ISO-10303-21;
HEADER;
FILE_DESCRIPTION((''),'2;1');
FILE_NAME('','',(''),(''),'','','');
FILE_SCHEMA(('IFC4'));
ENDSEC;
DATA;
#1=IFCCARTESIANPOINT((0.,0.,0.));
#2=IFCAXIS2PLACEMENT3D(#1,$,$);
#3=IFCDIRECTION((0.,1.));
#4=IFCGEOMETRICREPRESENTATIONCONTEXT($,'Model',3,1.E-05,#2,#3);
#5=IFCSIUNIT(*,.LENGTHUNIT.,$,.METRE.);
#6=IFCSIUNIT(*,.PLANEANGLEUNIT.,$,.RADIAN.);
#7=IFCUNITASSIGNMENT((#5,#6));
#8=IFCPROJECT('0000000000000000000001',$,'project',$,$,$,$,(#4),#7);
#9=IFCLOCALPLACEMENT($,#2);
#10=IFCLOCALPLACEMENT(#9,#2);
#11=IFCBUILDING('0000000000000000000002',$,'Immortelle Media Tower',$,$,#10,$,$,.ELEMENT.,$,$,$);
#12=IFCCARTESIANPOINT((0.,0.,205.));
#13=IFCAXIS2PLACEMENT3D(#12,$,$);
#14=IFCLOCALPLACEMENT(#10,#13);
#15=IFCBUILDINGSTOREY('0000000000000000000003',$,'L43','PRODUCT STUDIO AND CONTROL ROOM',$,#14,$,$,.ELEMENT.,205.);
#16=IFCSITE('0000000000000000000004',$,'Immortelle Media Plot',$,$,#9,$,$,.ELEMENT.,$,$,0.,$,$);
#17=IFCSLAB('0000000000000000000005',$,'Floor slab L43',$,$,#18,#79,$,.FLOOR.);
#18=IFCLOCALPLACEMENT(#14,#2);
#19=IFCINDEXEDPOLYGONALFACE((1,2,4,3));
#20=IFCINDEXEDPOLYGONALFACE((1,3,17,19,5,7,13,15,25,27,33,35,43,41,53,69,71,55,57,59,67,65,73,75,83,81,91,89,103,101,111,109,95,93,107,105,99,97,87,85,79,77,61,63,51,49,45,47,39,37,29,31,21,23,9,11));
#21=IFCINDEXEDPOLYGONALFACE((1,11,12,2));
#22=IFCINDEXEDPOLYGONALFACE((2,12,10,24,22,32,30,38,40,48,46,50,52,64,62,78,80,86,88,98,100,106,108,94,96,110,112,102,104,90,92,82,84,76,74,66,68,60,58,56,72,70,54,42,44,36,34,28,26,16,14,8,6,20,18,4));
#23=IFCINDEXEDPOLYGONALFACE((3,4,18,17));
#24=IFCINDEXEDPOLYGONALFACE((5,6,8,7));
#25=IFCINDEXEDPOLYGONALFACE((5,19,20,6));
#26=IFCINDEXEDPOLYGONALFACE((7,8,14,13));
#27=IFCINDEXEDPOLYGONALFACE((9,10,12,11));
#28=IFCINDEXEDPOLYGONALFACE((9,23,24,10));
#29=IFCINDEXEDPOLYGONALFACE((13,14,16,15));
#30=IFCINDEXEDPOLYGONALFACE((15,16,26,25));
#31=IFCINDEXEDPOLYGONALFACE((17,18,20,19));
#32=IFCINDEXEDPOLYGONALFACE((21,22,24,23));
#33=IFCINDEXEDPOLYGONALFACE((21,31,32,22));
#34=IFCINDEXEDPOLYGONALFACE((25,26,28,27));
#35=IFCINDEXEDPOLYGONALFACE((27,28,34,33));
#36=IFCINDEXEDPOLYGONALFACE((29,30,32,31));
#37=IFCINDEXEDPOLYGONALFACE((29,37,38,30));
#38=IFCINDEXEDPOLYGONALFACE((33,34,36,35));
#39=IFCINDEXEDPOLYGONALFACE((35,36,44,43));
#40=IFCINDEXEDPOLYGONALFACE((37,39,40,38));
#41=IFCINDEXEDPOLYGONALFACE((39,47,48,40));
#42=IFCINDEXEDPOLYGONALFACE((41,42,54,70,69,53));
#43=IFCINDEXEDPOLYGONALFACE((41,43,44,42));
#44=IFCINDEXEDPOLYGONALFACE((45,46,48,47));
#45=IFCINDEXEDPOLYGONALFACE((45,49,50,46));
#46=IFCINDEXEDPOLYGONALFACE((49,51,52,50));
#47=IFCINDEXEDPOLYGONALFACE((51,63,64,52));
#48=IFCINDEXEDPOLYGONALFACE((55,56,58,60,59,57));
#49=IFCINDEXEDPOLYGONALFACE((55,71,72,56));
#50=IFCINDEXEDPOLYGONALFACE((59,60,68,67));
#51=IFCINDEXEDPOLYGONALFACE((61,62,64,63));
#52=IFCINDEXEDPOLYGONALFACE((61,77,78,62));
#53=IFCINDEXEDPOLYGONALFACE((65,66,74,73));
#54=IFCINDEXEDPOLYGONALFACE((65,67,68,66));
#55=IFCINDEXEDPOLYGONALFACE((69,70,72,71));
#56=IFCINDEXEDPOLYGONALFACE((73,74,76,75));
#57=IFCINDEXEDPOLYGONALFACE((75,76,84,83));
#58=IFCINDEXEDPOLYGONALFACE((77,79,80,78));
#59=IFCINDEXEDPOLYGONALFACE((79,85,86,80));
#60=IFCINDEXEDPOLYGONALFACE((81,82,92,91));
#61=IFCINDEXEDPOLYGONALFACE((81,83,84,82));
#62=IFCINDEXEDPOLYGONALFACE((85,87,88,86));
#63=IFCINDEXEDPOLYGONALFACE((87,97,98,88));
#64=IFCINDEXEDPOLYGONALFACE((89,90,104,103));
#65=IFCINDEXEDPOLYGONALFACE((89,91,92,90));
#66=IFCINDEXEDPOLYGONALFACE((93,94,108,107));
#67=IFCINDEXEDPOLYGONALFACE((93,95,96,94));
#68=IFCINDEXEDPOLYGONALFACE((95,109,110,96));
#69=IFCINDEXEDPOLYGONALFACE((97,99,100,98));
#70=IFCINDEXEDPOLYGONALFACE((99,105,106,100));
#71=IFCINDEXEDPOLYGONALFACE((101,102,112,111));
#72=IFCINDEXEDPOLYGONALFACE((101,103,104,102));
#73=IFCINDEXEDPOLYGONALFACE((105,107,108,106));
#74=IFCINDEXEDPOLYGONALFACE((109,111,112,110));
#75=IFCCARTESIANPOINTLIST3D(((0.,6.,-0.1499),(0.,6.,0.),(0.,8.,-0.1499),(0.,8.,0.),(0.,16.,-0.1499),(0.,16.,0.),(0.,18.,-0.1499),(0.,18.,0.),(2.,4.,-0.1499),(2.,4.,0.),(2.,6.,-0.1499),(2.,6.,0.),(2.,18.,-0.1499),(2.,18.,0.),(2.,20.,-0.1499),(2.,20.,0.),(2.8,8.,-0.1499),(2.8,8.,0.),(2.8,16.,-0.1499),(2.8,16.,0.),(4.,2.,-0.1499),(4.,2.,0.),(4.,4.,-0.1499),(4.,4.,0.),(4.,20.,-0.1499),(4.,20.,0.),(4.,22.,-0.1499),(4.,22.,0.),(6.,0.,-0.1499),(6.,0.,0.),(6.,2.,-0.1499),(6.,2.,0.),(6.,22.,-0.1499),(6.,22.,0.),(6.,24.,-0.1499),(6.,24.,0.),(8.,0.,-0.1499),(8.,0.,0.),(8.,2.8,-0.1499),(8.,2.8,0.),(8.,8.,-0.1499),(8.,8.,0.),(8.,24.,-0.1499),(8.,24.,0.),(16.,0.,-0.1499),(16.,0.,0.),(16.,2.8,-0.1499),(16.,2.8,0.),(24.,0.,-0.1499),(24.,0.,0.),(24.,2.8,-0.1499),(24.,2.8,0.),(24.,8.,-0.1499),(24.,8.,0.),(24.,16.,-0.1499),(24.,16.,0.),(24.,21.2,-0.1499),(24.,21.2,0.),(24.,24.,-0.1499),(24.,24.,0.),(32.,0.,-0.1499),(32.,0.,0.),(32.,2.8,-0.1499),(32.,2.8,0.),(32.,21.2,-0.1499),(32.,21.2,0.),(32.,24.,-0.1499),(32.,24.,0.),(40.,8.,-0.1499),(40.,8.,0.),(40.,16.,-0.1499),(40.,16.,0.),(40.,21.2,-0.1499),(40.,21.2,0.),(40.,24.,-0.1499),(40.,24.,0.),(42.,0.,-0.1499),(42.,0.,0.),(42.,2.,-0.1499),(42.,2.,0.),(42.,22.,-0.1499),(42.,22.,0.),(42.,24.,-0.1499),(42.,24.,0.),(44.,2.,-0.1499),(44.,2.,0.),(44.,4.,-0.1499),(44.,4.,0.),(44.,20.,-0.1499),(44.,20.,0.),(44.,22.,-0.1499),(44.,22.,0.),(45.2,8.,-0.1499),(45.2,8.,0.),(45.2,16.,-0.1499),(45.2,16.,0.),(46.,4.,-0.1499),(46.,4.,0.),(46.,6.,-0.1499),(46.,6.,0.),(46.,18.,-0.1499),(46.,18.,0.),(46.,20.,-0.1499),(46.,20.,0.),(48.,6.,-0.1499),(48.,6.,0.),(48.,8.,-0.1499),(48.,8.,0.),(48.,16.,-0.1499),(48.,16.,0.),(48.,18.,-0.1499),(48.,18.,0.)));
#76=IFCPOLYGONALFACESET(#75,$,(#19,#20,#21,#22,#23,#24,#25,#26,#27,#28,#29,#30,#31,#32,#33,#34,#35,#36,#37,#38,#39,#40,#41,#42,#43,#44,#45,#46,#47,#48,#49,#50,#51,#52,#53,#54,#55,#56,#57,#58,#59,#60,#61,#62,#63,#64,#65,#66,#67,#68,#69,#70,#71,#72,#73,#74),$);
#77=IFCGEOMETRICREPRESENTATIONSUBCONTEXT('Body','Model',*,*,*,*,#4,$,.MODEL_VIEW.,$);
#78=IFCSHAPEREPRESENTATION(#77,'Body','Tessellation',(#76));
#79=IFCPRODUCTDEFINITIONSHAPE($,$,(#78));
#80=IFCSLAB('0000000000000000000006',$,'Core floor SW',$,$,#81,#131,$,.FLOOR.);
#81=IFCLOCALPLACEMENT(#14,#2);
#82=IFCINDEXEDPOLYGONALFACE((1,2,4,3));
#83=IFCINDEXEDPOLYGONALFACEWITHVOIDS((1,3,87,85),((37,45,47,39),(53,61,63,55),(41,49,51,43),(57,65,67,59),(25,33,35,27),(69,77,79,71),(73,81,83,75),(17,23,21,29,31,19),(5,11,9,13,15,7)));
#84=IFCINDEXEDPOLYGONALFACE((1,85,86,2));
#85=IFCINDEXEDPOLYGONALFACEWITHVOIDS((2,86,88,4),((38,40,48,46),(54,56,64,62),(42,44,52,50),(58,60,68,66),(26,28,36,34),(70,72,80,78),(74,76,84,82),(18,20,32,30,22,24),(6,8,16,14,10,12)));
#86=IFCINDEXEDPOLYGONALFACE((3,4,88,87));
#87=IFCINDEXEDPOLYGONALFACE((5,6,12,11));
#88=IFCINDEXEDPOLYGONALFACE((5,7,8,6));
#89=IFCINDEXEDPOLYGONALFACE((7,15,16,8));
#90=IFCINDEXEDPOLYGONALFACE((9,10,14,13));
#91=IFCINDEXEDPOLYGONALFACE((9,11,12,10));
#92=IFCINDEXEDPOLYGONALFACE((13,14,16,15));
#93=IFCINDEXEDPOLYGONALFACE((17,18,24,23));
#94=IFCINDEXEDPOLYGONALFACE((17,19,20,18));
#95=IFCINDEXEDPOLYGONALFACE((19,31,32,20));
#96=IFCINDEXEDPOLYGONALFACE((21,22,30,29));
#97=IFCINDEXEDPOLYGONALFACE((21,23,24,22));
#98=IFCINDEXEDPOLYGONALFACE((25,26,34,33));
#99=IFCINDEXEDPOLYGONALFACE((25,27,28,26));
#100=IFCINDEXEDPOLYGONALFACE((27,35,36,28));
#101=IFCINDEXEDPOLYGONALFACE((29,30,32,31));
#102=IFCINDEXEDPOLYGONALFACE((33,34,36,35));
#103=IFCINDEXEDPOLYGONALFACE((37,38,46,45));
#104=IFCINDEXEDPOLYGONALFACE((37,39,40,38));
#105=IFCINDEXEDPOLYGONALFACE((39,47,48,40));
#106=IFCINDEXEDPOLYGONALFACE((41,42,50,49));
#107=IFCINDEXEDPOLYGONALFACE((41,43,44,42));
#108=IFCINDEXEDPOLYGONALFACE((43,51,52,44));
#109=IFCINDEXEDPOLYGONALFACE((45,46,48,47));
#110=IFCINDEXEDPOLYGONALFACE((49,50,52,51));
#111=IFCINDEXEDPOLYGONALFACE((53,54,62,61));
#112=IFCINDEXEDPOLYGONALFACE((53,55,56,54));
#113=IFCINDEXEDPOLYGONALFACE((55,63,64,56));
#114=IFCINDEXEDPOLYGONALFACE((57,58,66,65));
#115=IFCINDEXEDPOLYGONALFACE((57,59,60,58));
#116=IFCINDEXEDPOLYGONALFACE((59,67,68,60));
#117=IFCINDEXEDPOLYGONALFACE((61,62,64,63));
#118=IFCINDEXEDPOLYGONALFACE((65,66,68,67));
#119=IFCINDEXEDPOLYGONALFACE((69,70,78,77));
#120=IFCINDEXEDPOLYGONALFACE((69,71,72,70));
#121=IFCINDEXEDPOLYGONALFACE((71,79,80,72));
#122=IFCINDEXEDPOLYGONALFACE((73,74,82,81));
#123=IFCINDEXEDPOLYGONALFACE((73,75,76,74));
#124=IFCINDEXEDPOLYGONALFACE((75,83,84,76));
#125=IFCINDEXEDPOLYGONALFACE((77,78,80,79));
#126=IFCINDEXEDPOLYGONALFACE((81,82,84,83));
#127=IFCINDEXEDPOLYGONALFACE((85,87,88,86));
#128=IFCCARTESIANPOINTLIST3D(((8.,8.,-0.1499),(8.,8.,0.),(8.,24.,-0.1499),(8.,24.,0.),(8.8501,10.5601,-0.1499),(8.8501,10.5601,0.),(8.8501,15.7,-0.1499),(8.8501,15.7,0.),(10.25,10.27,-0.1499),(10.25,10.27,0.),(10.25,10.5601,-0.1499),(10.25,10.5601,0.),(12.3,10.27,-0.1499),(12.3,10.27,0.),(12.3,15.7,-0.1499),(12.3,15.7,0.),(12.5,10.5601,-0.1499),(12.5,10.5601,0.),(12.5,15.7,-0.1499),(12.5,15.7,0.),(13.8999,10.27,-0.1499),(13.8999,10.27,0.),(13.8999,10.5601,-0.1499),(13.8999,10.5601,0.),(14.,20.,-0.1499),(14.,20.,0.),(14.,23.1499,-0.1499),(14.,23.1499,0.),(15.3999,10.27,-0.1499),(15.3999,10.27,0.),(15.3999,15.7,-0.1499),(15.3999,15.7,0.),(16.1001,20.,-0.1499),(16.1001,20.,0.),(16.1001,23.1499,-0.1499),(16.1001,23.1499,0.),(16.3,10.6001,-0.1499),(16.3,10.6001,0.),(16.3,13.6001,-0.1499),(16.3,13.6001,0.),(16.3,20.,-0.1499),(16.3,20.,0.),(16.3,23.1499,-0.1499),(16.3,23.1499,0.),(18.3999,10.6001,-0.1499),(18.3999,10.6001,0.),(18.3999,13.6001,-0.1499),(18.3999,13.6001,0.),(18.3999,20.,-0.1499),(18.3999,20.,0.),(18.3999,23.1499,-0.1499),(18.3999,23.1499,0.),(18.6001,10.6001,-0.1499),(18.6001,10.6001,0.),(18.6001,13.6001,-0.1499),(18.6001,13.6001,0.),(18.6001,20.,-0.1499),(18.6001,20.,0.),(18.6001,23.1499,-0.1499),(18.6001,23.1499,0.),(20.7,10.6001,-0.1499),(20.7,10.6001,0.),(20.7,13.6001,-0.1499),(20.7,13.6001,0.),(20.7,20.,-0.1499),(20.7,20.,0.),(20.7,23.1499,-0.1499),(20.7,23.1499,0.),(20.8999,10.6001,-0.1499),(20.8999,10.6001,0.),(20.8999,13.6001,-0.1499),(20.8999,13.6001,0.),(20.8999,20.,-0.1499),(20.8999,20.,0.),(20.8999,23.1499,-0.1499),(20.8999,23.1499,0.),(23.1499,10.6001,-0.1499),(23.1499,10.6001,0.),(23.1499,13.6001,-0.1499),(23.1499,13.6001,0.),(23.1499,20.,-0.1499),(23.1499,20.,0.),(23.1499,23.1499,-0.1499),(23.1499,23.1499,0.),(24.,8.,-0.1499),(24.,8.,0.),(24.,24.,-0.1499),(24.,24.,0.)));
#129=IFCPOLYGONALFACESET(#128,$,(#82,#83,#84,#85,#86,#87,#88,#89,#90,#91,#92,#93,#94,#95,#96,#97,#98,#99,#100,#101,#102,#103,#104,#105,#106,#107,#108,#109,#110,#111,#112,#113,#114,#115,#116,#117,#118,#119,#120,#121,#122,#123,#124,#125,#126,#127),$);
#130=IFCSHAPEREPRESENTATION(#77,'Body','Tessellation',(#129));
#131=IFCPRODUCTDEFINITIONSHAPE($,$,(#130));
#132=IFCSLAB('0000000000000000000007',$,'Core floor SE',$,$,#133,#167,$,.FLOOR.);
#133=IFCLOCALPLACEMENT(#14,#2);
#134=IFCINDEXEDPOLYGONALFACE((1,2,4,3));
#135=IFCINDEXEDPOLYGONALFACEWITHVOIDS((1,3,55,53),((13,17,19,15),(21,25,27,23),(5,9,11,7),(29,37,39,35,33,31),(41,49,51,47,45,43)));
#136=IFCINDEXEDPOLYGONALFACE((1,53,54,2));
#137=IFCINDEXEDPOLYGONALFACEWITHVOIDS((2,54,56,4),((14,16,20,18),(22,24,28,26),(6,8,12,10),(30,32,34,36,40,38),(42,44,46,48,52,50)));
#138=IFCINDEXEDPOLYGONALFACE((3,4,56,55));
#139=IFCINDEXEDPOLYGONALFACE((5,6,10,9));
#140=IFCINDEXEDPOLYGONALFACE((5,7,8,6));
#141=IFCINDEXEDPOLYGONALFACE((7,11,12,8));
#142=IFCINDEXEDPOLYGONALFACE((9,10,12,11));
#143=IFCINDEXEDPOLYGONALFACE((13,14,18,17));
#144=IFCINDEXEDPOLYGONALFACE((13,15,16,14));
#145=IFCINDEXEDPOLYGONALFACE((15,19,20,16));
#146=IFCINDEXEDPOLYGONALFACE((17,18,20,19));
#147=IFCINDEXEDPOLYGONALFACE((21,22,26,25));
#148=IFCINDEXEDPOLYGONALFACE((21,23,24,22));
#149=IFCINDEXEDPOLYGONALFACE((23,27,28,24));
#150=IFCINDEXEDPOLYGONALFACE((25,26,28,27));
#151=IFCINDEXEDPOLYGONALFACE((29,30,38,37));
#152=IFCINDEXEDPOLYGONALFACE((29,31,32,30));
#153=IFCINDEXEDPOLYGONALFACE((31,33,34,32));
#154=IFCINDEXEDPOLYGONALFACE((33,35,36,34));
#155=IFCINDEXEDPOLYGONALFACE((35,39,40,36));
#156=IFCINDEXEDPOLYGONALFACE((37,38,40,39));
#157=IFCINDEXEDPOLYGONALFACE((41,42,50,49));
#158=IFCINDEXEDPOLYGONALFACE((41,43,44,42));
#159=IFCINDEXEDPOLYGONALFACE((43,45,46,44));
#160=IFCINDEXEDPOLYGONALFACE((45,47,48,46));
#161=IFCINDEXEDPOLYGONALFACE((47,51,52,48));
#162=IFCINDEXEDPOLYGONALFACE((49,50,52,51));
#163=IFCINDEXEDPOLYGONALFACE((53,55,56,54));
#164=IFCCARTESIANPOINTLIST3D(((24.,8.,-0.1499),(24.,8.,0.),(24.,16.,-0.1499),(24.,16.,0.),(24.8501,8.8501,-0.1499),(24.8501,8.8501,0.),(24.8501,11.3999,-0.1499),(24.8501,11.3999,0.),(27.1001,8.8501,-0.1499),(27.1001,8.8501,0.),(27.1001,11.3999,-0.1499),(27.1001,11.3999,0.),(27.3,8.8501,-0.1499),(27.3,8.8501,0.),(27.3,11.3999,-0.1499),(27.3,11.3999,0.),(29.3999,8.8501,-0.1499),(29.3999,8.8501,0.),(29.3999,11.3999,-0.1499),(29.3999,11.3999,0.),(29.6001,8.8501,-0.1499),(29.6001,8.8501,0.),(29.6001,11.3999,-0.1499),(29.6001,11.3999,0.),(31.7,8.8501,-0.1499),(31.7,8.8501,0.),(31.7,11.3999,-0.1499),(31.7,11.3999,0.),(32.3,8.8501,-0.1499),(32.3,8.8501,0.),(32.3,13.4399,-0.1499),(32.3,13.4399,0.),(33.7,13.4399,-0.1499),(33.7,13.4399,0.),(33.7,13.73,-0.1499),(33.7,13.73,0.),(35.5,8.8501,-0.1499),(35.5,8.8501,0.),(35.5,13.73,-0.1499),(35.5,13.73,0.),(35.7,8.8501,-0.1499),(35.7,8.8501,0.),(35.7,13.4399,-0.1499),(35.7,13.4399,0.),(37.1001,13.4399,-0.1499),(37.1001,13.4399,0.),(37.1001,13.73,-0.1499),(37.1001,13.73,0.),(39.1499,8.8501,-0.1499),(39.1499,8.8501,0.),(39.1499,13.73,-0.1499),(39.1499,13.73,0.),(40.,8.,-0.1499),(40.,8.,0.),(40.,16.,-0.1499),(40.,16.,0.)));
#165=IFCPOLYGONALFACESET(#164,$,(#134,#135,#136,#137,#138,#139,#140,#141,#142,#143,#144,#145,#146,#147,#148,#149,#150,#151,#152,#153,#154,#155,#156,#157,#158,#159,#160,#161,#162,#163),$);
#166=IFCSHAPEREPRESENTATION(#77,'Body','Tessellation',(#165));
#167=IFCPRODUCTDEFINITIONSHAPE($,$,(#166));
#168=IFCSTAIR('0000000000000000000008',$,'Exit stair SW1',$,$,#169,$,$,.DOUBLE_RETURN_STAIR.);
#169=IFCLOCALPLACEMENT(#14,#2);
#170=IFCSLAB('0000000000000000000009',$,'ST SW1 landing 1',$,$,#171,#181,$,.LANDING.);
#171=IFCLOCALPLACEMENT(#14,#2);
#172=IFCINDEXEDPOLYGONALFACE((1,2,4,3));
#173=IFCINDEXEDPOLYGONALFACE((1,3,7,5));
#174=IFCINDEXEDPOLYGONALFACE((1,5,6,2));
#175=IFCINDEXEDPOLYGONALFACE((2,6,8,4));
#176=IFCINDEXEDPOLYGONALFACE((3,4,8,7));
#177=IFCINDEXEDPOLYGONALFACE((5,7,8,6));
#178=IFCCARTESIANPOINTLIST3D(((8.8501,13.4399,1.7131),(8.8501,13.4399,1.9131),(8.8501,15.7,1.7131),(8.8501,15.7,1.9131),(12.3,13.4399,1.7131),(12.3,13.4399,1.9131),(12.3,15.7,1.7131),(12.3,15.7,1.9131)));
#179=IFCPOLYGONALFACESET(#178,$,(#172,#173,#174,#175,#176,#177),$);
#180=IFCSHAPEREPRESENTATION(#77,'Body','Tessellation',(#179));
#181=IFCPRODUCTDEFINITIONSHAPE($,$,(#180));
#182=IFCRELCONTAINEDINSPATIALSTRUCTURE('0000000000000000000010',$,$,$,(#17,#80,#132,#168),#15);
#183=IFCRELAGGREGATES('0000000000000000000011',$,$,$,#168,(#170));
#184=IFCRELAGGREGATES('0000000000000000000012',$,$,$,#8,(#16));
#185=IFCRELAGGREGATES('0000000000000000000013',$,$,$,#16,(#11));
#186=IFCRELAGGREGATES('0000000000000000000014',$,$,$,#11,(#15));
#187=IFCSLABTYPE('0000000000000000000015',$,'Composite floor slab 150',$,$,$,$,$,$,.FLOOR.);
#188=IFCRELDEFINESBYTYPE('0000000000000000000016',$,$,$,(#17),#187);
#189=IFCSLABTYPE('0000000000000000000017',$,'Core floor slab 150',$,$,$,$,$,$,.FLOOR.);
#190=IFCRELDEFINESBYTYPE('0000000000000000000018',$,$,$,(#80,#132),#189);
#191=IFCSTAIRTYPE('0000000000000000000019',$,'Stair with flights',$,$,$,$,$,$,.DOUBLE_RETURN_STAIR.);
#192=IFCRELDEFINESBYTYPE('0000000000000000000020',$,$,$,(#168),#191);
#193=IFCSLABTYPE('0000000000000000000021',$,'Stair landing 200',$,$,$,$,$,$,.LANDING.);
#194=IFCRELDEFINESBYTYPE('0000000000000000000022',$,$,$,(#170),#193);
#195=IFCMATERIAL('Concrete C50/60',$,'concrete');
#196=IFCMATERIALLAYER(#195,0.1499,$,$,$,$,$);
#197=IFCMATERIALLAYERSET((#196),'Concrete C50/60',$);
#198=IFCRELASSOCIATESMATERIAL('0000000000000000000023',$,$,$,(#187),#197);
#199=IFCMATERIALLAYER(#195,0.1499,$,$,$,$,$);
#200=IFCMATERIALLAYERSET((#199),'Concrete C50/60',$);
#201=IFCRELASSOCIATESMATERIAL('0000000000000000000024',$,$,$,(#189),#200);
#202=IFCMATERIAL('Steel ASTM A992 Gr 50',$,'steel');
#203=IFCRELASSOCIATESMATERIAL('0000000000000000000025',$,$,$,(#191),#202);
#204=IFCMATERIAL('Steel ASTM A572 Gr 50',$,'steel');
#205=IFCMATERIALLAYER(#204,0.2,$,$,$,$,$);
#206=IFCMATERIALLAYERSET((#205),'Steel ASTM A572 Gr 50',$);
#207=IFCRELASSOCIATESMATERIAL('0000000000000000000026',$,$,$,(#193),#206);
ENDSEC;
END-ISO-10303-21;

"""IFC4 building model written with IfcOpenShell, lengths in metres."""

from ifc_helpers import new_model, si_unit, direction, frame, origin, place, context, subcontext, project, spatial, polyline, outline, extrude, material, layer, layer_set, type_object, element, aggregate, save


model = new_model("IFC4")

# Units and contexts
model_context = context("Model", 3, precision=1e-05, world=origin(), true_north=direction((0.0, 1.0)))
body_context = subcontext(model_context, "Body", "Model", "MODEL_VIEW")
ifc_project = project(units=[si_unit("LENGTHUNIT", "METRE"), si_unit("PLANEANGLEUNIT", "RADIAN")], contexts=[model_context])

# Site, building, storey
site_placement = place(None, origin())
site = spatial("IfcSite", under=ifc_project, at=site_placement, Name="Immortelle Media Plot", CompositionType="ELEMENT", RefElevation=0.0)
building_placement = place(site_placement, origin())
building = spatial("IfcBuilding", under=site, at=building_placement, Name="Immortelle Media Tower", CompositionType="ELEMENT")
storey_placement = place(building_placement, frame((0.0, 0.0, 205.0)))
storey = spatial("IfcBuildingStorey", under=building, at=storey_placement, Name="L43", Description="PRODUCT STUDIO AND CONTROL ROOM", CompositionType="ELEMENT", Elevation=205.0)

# Shared definitions
ifc_material_1 = material(Name="Steel ASTM A992 Gr 50", Category="steel")

# Slabs
ifc_material_2 = material(Name="Concrete C50/60", Category="concrete")
ifc_layer_1 = layer(ifc_material_2, 0.1499)
ifc_layer_set_1 = layer_set([ifc_layer_1], Name="Concrete C50/60")
slab_type_1 = type_object("IfcSlabType", Name="Composite floor slab 150", PredefinedType="FLOOR", material=ifc_layer_set_1)
slab_1_placement = place(storey_placement, frame((0.0, 0.0, -0.1499)))
element("IfcSlab", 1, at=slab_1_placement, inside=storey, type_object=slab_type_1, Name="Floor slab L43", PredefinedType="FLOOR", context=body_context, shape_type="SweptSolid", body=[
    extrude(outline(polyline([(6.0, 0.0), (6.0, 2.0), (4.0, 2.0), (4.0, 4.0), (2.0, 4.0), (2.0, 6.0), (0.0, 6.0), (0.0, 8.0), (2.8, 8.0), (2.8, 16.0), (0.0, 16.0), (0.0, 18.0), (2.0, 18.0), (2.0, 20.0), (4.0, 20.0), (4.0, 22.0), (6.0, 22.0), (6.0, 24.0), (8.0, 24.0), (8.0, 8.0), (24.0, 8.0), (40.0, 8.0), (40.0, 16.0), (24.0, 16.0), (24.0, 21.2), (24.0, 24.0), (32.0, 24.0), (32.0, 21.2), (40.0, 21.2), (40.0, 24.0), (42.0, 24.0), (42.0, 22.0), (44.0, 22.0), (44.0, 20.0), (46.0, 20.0), (46.0, 18.0), (48.0, 18.0), (48.0, 16.0), (45.2, 16.0), (45.2, 8.0), (48.0, 8.0), (48.0, 6.0), (46.0, 6.0), (46.0, 4.0), (44.0, 4.0), (44.0, 2.0), (42.0, 2.0), (42.0, 0.0), (32.0, 0.0), (32.0, 2.8), (24.0, 2.8), (24.0, 0.0), (16.0, 0.0), (16.0, 2.8), (8.0, 2.8), (8.0, 0.0), (6.0, 0.0)])), origin(), (0.0, 0.0, 1.0), 0.1499),
])
ifc_layer_2 = layer(ifc_material_2, 0.1499)
ifc_layer_set_2 = layer_set([ifc_layer_2], Name="Concrete C50/60")
slab_type_2 = type_object("IfcSlabType", Name="Core floor slab 150", PredefinedType="FLOOR", material=ifc_layer_set_2)
slab_2_placement = place(storey_placement, frame((0.0, 0.0, -0.1499)))
element("IfcSlab", 2, at=slab_2_placement, inside=storey, type_object=slab_type_2, Name="Core floor SW", PredefinedType="FLOOR", context=body_context, shape_type="SweptSolid", body=[
    extrude(outline(polyline([(8.0, 8.0), (24.0, 8.0), (24.0, 24.0), (8.0, 24.0), (8.0, 8.0)]), holes=[polyline([(14.0, 20.0), (16.1001, 20.0), (16.1001, 23.1499), (14.0, 23.1499), (14.0, 20.0)]), polyline([(16.3, 20.0), (18.3999, 20.0), (18.3999, 23.1499), (16.3, 23.1499), (16.3, 20.0)]), polyline([(18.6001, 20.0), (20.7, 20.0), (20.7, 23.1499), (18.6001, 23.1499), (18.6001, 20.0)]), polyline([(20.8999, 20.0), (23.1499, 20.0), (23.1499, 23.1499), (20.8999, 23.1499), (20.8999, 20.0)]), polyline([(16.3, 10.6001), (18.3999, 10.6001), (18.3999, 13.6001), (16.3, 13.6001), (16.3, 10.6001)]), polyline([(18.6001, 10.6001), (20.7, 10.6001), (20.7, 13.6001), (18.6001, 13.6001), (18.6001, 10.6001)]), polyline([(20.8999, 10.6001), (23.1499, 10.6001), (23.1499, 13.6001), (20.8999, 13.6001), (20.8999, 10.6001)]), polyline([(8.8501, 15.7), (12.3, 15.7), (12.3, 10.27), (10.25, 10.27), (10.25, 10.5601), (8.8501, 10.5601), (8.8501, 15.7)]), polyline([(12.5, 15.7), (15.3999, 15.7), (15.3999, 10.27), (13.8999, 10.27), (13.8999, 10.5601), (12.5, 10.5601), (12.5, 15.7)])]), origin(), (0.0, 0.0, 1.0), 0.1499),
])
slab_3_placement = place(storey_placement, frame((0.0, 0.0, -0.1499)))
element("IfcSlab", 3, at=slab_3_placement, inside=storey, type_object=slab_type_2, Name="Core floor SE", PredefinedType="FLOOR", context=body_context, shape_type="SweptSolid", body=[
    extrude(outline(polyline([(24.0, 8.0), (40.0, 8.0), (40.0, 16.0), (24.0, 16.0), (24.0, 8.0)]), holes=[polyline([(24.8501, 8.8501), (27.1001, 8.8501), (27.1001, 11.3999), (24.8501, 11.3999), (24.8501, 8.8501)]), polyline([(27.3, 8.8501), (29.3999, 8.8501), (29.3999, 11.3999), (27.3, 11.3999), (27.3, 8.8501)]), polyline([(29.6001, 8.8501), (31.7, 8.8501), (31.7, 11.3999), (29.6001, 11.3999), (29.6001, 8.8501)]), polyline([(35.5, 13.73), (35.5, 8.8501), (32.3, 8.8501), (32.3, 13.4399), (33.7, 13.4399), (33.7, 13.73), (35.5, 13.73)]), polyline([(39.1499, 13.73), (39.1499, 8.8501), (35.7, 8.8501), (35.7, 13.4399), (37.1001, 13.4399), (37.1001, 13.73), (39.1499, 13.73)])]), origin(), (0.0, 0.0, 1.0), 0.1499),
])

# Stair, slab
stair_type = type_object("IfcStairType", Name="Stair with flights", PredefinedType="DOUBLE_RETURN_STAIR", material=ifc_material_1)
stair_1_placement = place(storey_placement, origin())
stair_1 = element("IfcStair", 4, at=stair_1_placement, inside=storey, type_object=stair_type, Name="Exit stair SW1", PredefinedType="DOUBLE_RETURN_STAIR")
ifc_material_3 = material(Name="Steel ASTM A572 Gr 50", Category="steel")
ifc_layer_3 = layer(ifc_material_3, 0.2)
ifc_layer_set_3 = layer_set([ifc_layer_3], Name="Steel ASTM A572 Gr 50")
slab_type_3 = type_object("IfcSlabType", Name="Stair landing 200", PredefinedType="LANDING", material=ifc_layer_set_3)
slab_4_placement = place(storey_placement, frame((0.0, 0.0, 1.7131)))
slab_4 = element("IfcSlab", 5, at=slab_4_placement, type_object=slab_type_3, Name="ST SW1 landing 1", PredefinedType="LANDING", context=body_context, shape_type="SweptSolid", body=[
    extrude(outline(polyline([(8.8501, 13.4399), (12.3, 13.4399), (12.3, 15.7), (8.8501, 15.7), (8.8501, 13.4399)])), origin(), (0.0, 0.0, 1.0), 0.2),
])
aggregate(stair_1, [slab_4])

save(model, "model.ifc")
